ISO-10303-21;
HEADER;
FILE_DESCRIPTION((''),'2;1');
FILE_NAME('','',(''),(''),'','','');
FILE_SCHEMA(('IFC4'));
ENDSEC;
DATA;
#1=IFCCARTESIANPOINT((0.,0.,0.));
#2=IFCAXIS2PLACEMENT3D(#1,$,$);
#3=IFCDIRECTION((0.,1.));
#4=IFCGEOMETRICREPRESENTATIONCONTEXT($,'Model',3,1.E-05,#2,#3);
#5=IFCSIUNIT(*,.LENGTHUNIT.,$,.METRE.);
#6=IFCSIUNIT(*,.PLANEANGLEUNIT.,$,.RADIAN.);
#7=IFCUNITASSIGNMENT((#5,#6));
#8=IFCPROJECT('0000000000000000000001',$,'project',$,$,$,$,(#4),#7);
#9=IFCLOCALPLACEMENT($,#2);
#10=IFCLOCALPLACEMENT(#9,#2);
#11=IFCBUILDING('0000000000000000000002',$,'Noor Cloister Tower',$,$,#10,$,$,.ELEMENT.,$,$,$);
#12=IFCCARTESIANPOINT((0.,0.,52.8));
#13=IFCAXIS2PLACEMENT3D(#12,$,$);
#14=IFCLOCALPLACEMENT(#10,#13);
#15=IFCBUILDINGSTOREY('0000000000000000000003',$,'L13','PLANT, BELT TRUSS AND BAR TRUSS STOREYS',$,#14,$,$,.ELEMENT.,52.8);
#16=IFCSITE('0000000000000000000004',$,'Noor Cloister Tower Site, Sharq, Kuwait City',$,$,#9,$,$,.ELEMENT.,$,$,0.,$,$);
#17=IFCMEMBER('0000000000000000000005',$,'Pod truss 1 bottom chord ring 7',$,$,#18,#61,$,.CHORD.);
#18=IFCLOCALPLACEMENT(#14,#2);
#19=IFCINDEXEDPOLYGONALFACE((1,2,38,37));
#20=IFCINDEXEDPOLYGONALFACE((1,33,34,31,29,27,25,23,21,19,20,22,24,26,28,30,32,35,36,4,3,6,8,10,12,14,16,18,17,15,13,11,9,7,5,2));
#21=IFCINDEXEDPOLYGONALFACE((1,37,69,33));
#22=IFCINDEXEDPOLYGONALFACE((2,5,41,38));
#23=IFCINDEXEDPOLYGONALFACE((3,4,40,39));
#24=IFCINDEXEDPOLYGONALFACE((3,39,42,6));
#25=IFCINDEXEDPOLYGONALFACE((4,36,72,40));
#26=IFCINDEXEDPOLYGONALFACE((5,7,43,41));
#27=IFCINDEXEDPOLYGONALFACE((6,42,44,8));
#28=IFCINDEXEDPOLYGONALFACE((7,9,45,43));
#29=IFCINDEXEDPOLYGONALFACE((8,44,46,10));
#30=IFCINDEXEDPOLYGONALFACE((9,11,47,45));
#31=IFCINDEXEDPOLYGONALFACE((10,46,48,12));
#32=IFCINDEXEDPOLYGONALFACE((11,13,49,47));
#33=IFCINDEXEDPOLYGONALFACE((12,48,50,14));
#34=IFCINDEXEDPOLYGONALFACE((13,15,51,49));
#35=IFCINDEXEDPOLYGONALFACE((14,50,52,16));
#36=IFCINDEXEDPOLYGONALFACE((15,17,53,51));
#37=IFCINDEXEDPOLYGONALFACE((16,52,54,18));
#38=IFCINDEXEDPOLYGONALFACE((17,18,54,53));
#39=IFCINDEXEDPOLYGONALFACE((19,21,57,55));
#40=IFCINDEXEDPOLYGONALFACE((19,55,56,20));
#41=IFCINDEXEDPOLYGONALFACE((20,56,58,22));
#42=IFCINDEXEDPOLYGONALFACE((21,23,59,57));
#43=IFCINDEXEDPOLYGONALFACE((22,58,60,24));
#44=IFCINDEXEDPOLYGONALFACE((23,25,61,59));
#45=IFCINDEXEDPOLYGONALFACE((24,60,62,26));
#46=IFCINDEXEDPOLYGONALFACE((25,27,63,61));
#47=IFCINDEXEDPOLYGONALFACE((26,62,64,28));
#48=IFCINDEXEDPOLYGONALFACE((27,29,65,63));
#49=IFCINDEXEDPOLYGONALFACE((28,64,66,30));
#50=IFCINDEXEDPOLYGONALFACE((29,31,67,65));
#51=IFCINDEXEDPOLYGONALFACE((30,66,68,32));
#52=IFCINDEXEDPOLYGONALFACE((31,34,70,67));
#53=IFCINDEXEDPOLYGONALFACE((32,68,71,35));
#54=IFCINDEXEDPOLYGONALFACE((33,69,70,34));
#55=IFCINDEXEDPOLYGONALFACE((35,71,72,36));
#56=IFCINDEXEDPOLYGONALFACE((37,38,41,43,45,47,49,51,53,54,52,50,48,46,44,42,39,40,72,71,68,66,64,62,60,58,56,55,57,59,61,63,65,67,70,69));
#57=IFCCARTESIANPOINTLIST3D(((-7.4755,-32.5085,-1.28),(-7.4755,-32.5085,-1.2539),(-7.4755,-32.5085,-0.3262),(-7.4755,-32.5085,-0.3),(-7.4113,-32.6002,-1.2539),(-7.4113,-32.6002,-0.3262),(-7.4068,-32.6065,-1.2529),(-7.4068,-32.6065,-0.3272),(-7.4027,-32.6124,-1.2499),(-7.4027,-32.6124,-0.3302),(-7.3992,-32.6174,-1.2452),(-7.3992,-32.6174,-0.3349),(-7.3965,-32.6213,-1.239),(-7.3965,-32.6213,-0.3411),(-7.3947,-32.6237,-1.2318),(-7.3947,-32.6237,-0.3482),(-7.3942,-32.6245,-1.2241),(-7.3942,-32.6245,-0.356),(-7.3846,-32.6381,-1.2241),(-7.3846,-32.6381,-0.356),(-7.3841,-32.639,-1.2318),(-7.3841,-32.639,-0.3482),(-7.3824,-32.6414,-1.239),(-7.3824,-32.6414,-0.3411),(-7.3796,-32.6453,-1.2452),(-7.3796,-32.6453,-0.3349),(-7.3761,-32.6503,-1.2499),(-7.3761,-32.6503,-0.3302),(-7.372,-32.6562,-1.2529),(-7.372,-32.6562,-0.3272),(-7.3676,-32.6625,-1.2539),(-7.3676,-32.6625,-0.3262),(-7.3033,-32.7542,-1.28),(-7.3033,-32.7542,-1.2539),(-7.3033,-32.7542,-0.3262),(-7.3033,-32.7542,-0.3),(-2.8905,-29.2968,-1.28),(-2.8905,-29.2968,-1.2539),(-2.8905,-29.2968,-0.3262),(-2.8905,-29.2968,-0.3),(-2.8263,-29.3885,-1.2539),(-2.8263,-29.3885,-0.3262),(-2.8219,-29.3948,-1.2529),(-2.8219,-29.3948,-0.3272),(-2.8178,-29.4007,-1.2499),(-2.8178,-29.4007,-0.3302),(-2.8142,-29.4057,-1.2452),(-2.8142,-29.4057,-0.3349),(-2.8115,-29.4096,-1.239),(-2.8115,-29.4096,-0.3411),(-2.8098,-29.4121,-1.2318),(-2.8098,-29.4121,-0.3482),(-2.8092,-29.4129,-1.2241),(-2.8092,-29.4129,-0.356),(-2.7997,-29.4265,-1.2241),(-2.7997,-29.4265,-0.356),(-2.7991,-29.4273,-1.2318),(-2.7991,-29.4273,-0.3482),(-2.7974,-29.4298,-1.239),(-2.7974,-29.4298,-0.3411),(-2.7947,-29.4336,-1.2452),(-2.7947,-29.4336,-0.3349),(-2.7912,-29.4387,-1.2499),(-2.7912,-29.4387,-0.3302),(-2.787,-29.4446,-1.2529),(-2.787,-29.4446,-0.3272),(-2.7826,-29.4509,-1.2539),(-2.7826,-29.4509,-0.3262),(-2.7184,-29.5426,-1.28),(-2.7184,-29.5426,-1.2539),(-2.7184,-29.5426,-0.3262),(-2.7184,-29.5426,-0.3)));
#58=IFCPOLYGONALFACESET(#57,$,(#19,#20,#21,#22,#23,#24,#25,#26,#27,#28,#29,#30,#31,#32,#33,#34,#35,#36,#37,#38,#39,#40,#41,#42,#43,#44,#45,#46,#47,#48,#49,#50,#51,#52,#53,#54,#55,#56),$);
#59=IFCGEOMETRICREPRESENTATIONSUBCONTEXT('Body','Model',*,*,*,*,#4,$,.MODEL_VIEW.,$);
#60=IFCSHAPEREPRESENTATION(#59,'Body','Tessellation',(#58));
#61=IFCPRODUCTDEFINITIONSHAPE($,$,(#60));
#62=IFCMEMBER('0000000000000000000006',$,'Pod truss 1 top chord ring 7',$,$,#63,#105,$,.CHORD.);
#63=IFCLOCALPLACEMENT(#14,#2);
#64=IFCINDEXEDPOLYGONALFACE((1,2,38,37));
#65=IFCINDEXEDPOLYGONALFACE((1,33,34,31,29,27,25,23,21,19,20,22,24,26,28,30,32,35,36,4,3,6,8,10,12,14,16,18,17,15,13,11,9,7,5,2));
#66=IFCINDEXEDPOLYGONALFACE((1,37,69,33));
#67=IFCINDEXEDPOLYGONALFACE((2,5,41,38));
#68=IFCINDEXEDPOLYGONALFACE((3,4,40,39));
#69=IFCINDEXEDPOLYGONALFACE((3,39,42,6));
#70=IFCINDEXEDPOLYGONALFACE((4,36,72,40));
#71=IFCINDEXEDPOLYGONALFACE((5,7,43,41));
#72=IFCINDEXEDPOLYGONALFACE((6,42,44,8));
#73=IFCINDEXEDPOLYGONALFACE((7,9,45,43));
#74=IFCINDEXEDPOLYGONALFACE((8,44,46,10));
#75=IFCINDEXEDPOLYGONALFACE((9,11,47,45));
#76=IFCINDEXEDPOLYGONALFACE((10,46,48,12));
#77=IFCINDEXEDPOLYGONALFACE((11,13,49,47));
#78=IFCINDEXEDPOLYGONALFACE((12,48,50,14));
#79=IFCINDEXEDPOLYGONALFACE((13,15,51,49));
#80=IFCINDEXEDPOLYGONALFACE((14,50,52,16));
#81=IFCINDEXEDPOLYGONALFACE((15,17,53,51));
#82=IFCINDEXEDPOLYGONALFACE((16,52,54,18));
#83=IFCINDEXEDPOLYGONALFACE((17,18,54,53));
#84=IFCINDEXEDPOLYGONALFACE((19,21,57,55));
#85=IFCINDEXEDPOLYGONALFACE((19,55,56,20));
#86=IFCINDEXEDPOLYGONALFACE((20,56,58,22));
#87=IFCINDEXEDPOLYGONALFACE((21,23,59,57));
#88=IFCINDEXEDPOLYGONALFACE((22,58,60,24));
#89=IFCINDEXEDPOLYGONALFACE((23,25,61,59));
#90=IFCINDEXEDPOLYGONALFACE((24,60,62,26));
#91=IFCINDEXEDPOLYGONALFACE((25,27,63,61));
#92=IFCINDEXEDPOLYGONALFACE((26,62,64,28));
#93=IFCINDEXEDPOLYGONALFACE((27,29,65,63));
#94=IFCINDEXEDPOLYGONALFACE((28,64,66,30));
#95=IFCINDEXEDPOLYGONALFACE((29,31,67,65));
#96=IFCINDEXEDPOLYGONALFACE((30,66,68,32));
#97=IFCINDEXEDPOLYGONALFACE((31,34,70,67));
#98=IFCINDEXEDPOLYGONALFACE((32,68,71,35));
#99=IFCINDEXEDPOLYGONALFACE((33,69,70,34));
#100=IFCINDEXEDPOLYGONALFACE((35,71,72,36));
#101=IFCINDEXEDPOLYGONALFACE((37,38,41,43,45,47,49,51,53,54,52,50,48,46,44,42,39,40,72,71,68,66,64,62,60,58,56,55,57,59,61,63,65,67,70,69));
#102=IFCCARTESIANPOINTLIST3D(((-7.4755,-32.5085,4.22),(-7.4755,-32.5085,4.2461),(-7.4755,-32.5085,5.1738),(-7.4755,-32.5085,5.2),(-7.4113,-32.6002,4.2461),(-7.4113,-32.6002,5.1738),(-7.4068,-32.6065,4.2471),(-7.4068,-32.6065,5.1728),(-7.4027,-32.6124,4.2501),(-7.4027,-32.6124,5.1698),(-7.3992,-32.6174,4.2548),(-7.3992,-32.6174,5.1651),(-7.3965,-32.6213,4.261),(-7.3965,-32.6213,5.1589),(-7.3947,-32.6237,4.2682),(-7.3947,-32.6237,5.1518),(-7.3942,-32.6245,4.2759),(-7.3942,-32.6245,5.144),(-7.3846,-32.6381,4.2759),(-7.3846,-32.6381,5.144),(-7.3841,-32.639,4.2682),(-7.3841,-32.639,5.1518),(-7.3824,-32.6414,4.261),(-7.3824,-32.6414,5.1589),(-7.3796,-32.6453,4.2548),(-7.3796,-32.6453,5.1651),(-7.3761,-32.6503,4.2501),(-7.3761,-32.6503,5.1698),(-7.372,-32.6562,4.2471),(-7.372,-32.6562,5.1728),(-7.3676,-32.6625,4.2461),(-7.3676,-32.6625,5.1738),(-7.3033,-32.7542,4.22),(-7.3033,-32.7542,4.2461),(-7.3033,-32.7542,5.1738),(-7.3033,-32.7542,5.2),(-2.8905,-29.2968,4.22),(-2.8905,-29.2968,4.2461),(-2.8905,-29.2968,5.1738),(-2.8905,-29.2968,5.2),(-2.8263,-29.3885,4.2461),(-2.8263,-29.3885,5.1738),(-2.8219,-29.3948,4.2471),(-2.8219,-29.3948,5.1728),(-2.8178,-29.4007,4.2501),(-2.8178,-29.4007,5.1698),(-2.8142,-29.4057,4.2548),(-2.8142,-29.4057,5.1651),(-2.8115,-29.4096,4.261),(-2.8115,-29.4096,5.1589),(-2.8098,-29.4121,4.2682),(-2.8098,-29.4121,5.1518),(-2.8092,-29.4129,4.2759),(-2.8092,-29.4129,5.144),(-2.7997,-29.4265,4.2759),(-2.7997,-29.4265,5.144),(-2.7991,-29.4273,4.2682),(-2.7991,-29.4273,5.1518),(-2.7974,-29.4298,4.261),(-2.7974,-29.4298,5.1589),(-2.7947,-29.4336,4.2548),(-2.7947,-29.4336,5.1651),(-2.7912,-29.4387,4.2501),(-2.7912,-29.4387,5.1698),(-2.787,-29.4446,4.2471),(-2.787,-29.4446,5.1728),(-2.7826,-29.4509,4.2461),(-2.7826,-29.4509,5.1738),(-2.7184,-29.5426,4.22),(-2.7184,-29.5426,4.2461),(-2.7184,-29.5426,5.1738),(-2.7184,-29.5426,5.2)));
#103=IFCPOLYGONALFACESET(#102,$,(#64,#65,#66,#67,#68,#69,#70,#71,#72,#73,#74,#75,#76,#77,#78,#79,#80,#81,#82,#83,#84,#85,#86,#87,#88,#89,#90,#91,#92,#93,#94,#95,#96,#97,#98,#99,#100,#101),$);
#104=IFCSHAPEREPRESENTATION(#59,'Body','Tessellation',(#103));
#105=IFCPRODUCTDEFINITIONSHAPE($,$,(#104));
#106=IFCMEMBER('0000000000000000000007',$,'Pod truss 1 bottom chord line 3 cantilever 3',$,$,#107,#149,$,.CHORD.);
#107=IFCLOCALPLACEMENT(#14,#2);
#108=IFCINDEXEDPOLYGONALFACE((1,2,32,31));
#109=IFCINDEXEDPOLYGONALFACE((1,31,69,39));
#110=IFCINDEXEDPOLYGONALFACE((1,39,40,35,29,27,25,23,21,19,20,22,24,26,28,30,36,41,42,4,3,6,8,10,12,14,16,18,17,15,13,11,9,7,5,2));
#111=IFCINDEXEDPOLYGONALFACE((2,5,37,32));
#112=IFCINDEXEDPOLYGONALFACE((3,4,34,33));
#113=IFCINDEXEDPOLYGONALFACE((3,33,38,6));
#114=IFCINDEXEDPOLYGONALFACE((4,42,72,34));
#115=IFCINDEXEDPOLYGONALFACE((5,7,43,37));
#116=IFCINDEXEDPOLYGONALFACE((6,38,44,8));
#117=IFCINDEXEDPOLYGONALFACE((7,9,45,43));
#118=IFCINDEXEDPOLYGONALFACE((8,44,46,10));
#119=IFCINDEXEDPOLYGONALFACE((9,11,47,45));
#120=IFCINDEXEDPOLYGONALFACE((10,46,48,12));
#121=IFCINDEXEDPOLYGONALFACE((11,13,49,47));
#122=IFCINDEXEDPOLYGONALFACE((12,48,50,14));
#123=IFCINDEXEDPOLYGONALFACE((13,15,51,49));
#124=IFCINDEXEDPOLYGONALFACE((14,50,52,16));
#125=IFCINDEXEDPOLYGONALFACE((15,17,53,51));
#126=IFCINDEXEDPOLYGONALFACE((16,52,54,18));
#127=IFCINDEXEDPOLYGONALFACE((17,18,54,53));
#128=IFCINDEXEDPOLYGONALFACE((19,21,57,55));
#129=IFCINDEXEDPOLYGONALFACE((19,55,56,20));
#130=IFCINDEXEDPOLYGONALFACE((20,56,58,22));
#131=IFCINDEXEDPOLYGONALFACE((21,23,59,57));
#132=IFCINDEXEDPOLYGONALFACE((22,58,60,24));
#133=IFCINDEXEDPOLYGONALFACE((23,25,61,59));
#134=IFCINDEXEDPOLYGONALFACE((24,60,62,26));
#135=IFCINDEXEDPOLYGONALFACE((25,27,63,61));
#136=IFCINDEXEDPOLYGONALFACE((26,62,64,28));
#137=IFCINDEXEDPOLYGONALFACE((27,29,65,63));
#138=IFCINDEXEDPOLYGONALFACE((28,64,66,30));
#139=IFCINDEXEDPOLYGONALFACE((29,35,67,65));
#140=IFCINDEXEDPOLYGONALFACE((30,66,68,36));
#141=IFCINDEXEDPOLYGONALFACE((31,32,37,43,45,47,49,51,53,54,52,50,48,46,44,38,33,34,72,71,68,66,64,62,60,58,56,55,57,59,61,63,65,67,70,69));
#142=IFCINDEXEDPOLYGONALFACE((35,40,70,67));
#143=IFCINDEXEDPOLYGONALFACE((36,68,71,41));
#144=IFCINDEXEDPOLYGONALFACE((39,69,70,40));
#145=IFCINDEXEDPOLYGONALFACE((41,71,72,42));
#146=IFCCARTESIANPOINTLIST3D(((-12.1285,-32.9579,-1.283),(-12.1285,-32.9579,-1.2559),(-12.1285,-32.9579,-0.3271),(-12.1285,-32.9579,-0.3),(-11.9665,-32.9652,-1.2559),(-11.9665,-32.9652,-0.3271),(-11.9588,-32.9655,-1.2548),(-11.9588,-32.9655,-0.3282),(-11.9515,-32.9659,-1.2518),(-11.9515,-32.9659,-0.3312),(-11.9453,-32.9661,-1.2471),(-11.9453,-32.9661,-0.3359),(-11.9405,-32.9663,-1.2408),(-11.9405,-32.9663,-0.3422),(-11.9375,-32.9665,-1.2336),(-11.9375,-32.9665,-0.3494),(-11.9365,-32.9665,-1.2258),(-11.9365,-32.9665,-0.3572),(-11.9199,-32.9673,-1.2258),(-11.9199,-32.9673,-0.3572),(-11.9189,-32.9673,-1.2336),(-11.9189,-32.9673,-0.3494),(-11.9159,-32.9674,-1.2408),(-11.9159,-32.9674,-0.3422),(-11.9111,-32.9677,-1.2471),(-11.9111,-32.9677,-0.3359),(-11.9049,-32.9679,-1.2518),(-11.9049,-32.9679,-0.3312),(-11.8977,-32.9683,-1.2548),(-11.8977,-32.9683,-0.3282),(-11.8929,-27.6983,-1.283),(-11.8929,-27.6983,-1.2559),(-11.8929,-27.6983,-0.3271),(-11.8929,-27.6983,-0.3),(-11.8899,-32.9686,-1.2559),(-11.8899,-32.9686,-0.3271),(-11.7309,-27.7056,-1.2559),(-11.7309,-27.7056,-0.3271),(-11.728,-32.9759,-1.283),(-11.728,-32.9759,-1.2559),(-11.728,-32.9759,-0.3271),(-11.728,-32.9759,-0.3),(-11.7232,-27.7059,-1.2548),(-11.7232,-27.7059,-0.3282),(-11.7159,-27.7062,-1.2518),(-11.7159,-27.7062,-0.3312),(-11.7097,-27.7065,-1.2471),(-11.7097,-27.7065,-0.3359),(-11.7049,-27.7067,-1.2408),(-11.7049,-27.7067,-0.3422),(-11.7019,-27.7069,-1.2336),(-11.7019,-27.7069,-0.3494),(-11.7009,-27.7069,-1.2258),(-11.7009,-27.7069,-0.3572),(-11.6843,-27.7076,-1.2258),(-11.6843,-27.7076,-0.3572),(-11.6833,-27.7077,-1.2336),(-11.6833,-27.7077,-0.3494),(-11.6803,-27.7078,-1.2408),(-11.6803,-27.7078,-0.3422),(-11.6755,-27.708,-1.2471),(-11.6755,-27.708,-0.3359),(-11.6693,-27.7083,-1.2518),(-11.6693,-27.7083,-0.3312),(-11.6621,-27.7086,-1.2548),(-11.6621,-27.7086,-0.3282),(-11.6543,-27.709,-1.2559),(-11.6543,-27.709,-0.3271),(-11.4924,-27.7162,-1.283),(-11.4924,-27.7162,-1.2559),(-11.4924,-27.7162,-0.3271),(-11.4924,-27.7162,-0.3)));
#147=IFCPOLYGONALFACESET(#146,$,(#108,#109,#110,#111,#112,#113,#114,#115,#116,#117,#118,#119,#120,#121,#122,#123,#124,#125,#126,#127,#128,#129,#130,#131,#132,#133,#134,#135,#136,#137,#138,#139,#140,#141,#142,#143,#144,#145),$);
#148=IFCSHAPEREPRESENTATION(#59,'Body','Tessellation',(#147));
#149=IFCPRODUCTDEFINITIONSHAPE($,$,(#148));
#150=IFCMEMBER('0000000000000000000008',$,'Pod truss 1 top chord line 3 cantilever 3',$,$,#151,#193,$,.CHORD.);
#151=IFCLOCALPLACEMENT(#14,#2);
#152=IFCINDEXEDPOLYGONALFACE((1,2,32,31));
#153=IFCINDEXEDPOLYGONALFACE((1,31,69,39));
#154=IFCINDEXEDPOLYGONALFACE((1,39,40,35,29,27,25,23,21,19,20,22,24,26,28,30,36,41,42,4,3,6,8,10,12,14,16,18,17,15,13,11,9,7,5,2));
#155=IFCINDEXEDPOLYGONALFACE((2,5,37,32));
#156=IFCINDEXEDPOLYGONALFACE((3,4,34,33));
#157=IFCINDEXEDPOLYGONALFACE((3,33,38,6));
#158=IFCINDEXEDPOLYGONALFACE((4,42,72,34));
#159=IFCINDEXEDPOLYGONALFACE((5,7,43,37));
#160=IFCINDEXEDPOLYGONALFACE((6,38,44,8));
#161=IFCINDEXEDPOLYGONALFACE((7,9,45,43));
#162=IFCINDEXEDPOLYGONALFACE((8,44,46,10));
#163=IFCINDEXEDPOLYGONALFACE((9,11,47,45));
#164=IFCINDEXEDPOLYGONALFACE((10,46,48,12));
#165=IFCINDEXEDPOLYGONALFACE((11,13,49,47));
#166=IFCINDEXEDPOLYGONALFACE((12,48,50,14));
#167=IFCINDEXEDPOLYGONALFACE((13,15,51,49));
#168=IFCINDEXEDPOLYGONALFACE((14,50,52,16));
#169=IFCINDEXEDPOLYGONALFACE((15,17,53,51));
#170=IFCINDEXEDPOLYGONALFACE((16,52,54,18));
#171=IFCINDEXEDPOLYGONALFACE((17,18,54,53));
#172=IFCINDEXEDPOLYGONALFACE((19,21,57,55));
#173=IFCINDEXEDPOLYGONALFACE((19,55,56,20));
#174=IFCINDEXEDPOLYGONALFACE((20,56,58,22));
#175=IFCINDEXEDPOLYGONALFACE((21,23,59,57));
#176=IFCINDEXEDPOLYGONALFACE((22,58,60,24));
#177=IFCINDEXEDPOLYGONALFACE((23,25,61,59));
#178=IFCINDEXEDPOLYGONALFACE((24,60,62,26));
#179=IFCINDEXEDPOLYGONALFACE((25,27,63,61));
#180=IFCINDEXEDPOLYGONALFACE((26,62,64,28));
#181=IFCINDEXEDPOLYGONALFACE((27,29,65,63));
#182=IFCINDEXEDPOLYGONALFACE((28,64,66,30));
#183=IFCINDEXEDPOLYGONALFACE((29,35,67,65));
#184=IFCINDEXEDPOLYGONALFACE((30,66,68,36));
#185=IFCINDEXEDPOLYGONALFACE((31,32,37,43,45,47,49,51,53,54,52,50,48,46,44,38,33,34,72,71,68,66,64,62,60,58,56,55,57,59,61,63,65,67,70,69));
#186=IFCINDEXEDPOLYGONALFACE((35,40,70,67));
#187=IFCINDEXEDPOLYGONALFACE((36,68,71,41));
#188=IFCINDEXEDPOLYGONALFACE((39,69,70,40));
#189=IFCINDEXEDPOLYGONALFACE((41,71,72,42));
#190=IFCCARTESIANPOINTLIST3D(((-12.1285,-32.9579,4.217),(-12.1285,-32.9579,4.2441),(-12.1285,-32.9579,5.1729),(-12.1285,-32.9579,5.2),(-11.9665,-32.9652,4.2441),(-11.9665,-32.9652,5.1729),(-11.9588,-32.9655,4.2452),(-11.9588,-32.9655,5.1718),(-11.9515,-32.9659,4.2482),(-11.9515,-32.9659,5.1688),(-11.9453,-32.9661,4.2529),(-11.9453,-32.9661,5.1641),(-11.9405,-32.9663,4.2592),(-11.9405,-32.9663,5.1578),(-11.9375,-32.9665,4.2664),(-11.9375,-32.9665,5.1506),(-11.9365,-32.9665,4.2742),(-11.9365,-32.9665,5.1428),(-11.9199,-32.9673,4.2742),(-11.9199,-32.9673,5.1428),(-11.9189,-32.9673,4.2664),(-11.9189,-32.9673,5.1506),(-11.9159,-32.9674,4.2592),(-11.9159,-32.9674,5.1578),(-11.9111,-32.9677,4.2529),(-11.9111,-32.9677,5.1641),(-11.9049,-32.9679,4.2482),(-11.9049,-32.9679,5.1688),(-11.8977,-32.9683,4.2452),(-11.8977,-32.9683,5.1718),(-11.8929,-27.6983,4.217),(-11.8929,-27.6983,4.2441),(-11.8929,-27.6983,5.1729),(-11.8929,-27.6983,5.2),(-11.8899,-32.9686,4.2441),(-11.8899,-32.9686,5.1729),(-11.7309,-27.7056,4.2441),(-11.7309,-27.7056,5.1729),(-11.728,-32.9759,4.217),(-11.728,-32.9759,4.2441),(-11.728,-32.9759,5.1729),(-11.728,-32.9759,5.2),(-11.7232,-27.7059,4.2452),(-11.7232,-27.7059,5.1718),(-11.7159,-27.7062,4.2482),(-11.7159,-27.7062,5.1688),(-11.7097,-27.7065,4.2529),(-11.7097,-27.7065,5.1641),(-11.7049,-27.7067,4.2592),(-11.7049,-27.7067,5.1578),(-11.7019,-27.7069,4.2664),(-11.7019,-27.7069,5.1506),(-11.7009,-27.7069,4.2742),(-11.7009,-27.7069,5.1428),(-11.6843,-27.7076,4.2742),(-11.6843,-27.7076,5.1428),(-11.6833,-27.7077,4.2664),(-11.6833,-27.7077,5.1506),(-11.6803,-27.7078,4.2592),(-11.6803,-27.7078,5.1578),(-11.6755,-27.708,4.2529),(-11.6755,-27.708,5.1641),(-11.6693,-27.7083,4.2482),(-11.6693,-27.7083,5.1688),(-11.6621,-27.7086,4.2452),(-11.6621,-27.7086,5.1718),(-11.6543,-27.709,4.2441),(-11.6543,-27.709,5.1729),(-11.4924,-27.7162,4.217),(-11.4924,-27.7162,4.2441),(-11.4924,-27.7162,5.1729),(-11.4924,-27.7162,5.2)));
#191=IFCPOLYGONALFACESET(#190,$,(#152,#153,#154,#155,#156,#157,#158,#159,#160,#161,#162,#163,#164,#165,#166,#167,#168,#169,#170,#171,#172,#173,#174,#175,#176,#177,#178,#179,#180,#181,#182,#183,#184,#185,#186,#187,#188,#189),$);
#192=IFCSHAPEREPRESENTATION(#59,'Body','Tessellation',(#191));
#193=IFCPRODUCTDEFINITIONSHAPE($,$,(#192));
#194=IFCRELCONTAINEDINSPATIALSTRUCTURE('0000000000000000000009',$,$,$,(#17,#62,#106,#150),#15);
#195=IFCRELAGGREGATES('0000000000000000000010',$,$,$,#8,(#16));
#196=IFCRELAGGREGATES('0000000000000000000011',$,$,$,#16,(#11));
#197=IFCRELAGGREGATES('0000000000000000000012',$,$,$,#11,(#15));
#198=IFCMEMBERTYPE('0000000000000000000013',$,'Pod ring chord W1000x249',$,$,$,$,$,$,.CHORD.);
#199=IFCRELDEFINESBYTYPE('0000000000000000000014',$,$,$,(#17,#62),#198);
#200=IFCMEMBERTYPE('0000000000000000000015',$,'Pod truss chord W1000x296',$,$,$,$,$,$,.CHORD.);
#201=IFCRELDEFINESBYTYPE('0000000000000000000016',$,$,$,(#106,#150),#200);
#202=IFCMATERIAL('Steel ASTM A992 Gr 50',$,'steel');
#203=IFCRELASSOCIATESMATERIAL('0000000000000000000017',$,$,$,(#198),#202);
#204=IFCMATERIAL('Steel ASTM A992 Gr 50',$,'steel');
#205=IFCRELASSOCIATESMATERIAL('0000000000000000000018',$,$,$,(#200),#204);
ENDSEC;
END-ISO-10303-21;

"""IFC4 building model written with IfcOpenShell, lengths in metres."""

from ifc_helpers import new_model, si_unit, direction, frame, origin, origin_2d, place, context, subcontext, project, spatial, i_section, extrude, material, material_profile, profile_set, type_object, element, save


model = new_model("IFC4")

# Units and contexts
model_context = context("Model", 3, precision=1e-05, world=origin(), true_north=direction((0.0, 1.0)))
body_context = subcontext(model_context, "Body", "Model", "MODEL_VIEW")
ifc_project = project(units=[si_unit("LENGTHUNIT", "METRE"), si_unit("PLANEANGLEUNIT", "RADIAN")], contexts=[model_context])

# Site, building, storey
site_placement = place(None, origin())
site = spatial("IfcSite", under=ifc_project, at=site_placement, Name="Noor Cloister Tower Site, Sharq, Kuwait City", CompositionType="ELEMENT", RefElevation=0.0)
building_placement = place(site_placement, origin())
building = spatial("IfcBuilding", under=site, at=building_placement, Name="Noor Cloister Tower", CompositionType="ELEMENT")
storey_placement = place(building_placement, frame((0.0, 0.0, 52.8)))
storey = spatial("IfcBuildingStorey", under=building, at=storey_placement, Name="L13", Description="PLANT, BELT TRUSS AND BAR TRUSS STOREYS", CompositionType="ELEMENT", Elevation=52.8)

# Members
ifc_material_1 = material(Name="Steel ASTM A992 Gr 50", Category="steel")
ifc_material_profile_1 = material_profile(ifc_material_1, i_section(OverallWidth=0.3, OverallDepth=0.98, WebThickness=0.0166, FlangeThickness=0.0261, FilletRadius=0.0298, at=origin_2d()), Name="W1000x249")
ifc_profile_set_1 = profile_set([ifc_material_profile_1], Name="Steel ASTM A992 Gr 50")
member_type_1 = type_object("IfcMemberType", Name="Pod ring chord W1000x249", PredefinedType="CHORD", material=ifc_profile_set_1)
for number, where, z_axis, x_axis, name in (
    (1, (-7.3894, -32.6313, -0.79), (0.819047, 0.573726, 0.0), (-0.573726, 0.819047, 0.0), "Pod truss 1 bottom chord ring 7"),
    (2, (-7.3894, -32.6313, 4.71), (0.819047, 0.573726, 0.0), (-0.573726, 0.819047, 0.0), "Pod truss 1 top chord ring 7"),
):
    element("IfcMember", number, at=place(storey_placement, frame(where, z_axis=z_axis, x_axis=x_axis)), inside=storey, type_object=member_type_1, Name=name, PredefinedType="CHORD", context=body_context, shape_type="SweptSolid", body=[
        extrude(i_section(OverallWidth=0.3, OverallDepth=0.98, WebThickness=0.0166, FlangeThickness=0.0261, FilletRadius=0.0298, at=origin_2d()), origin(), (0.0, 0.0, 1.0), 5.5979),
    ])
ifc_material_2 = material(Name="Steel ASTM A992 Gr 50", Category="steel")
ifc_material_profile_2 = material_profile(ifc_material_2, i_section(OverallWidth=0.4009, OverallDepth=0.9829, WebThickness=0.0166, FlangeThickness=0.0271, FilletRadius=0.03, at=origin_2d()), Name="W1000x296")
ifc_profile_set_2 = profile_set([ifc_material_profile_2], Name="Steel ASTM A992 Gr 50")
member_type_2 = type_object("IfcMemberType", Name="Pod truss chord W1000x296", PredefinedType="CHORD", material=ifc_profile_set_2)
for number, where, z_axis, x_axis, name in (
    (3, (-11.6926, -27.7073, -0.7915), (-0.044749, -0.998998, 0.0), (0.998998, -0.044749, 0.0), "Pod truss 1 bottom chord line 3 cantilever 3"),
    (4, (-11.6926, -27.7073, 4.7085), (-0.044749, -0.998998, 0.0), (0.998998, -0.044749, 0.0), "Pod truss 1 top chord line 3 cantilever 3"),
):
    element("IfcMember", number, at=place(storey_placement, frame(where, z_axis=z_axis, x_axis=x_axis)), inside=storey, type_object=member_type_2, Name=name, PredefinedType="CHORD", context=body_context, shape_type="SweptSolid", body=[
        extrude(i_section(OverallWidth=0.4009, OverallDepth=0.9829, WebThickness=0.0166, FlangeThickness=0.0271, FilletRadius=0.03, at=origin_2d()), origin(), (0.0, 0.0, 1.0), 5.2649),
    ])

save(model, "model.ifc")
